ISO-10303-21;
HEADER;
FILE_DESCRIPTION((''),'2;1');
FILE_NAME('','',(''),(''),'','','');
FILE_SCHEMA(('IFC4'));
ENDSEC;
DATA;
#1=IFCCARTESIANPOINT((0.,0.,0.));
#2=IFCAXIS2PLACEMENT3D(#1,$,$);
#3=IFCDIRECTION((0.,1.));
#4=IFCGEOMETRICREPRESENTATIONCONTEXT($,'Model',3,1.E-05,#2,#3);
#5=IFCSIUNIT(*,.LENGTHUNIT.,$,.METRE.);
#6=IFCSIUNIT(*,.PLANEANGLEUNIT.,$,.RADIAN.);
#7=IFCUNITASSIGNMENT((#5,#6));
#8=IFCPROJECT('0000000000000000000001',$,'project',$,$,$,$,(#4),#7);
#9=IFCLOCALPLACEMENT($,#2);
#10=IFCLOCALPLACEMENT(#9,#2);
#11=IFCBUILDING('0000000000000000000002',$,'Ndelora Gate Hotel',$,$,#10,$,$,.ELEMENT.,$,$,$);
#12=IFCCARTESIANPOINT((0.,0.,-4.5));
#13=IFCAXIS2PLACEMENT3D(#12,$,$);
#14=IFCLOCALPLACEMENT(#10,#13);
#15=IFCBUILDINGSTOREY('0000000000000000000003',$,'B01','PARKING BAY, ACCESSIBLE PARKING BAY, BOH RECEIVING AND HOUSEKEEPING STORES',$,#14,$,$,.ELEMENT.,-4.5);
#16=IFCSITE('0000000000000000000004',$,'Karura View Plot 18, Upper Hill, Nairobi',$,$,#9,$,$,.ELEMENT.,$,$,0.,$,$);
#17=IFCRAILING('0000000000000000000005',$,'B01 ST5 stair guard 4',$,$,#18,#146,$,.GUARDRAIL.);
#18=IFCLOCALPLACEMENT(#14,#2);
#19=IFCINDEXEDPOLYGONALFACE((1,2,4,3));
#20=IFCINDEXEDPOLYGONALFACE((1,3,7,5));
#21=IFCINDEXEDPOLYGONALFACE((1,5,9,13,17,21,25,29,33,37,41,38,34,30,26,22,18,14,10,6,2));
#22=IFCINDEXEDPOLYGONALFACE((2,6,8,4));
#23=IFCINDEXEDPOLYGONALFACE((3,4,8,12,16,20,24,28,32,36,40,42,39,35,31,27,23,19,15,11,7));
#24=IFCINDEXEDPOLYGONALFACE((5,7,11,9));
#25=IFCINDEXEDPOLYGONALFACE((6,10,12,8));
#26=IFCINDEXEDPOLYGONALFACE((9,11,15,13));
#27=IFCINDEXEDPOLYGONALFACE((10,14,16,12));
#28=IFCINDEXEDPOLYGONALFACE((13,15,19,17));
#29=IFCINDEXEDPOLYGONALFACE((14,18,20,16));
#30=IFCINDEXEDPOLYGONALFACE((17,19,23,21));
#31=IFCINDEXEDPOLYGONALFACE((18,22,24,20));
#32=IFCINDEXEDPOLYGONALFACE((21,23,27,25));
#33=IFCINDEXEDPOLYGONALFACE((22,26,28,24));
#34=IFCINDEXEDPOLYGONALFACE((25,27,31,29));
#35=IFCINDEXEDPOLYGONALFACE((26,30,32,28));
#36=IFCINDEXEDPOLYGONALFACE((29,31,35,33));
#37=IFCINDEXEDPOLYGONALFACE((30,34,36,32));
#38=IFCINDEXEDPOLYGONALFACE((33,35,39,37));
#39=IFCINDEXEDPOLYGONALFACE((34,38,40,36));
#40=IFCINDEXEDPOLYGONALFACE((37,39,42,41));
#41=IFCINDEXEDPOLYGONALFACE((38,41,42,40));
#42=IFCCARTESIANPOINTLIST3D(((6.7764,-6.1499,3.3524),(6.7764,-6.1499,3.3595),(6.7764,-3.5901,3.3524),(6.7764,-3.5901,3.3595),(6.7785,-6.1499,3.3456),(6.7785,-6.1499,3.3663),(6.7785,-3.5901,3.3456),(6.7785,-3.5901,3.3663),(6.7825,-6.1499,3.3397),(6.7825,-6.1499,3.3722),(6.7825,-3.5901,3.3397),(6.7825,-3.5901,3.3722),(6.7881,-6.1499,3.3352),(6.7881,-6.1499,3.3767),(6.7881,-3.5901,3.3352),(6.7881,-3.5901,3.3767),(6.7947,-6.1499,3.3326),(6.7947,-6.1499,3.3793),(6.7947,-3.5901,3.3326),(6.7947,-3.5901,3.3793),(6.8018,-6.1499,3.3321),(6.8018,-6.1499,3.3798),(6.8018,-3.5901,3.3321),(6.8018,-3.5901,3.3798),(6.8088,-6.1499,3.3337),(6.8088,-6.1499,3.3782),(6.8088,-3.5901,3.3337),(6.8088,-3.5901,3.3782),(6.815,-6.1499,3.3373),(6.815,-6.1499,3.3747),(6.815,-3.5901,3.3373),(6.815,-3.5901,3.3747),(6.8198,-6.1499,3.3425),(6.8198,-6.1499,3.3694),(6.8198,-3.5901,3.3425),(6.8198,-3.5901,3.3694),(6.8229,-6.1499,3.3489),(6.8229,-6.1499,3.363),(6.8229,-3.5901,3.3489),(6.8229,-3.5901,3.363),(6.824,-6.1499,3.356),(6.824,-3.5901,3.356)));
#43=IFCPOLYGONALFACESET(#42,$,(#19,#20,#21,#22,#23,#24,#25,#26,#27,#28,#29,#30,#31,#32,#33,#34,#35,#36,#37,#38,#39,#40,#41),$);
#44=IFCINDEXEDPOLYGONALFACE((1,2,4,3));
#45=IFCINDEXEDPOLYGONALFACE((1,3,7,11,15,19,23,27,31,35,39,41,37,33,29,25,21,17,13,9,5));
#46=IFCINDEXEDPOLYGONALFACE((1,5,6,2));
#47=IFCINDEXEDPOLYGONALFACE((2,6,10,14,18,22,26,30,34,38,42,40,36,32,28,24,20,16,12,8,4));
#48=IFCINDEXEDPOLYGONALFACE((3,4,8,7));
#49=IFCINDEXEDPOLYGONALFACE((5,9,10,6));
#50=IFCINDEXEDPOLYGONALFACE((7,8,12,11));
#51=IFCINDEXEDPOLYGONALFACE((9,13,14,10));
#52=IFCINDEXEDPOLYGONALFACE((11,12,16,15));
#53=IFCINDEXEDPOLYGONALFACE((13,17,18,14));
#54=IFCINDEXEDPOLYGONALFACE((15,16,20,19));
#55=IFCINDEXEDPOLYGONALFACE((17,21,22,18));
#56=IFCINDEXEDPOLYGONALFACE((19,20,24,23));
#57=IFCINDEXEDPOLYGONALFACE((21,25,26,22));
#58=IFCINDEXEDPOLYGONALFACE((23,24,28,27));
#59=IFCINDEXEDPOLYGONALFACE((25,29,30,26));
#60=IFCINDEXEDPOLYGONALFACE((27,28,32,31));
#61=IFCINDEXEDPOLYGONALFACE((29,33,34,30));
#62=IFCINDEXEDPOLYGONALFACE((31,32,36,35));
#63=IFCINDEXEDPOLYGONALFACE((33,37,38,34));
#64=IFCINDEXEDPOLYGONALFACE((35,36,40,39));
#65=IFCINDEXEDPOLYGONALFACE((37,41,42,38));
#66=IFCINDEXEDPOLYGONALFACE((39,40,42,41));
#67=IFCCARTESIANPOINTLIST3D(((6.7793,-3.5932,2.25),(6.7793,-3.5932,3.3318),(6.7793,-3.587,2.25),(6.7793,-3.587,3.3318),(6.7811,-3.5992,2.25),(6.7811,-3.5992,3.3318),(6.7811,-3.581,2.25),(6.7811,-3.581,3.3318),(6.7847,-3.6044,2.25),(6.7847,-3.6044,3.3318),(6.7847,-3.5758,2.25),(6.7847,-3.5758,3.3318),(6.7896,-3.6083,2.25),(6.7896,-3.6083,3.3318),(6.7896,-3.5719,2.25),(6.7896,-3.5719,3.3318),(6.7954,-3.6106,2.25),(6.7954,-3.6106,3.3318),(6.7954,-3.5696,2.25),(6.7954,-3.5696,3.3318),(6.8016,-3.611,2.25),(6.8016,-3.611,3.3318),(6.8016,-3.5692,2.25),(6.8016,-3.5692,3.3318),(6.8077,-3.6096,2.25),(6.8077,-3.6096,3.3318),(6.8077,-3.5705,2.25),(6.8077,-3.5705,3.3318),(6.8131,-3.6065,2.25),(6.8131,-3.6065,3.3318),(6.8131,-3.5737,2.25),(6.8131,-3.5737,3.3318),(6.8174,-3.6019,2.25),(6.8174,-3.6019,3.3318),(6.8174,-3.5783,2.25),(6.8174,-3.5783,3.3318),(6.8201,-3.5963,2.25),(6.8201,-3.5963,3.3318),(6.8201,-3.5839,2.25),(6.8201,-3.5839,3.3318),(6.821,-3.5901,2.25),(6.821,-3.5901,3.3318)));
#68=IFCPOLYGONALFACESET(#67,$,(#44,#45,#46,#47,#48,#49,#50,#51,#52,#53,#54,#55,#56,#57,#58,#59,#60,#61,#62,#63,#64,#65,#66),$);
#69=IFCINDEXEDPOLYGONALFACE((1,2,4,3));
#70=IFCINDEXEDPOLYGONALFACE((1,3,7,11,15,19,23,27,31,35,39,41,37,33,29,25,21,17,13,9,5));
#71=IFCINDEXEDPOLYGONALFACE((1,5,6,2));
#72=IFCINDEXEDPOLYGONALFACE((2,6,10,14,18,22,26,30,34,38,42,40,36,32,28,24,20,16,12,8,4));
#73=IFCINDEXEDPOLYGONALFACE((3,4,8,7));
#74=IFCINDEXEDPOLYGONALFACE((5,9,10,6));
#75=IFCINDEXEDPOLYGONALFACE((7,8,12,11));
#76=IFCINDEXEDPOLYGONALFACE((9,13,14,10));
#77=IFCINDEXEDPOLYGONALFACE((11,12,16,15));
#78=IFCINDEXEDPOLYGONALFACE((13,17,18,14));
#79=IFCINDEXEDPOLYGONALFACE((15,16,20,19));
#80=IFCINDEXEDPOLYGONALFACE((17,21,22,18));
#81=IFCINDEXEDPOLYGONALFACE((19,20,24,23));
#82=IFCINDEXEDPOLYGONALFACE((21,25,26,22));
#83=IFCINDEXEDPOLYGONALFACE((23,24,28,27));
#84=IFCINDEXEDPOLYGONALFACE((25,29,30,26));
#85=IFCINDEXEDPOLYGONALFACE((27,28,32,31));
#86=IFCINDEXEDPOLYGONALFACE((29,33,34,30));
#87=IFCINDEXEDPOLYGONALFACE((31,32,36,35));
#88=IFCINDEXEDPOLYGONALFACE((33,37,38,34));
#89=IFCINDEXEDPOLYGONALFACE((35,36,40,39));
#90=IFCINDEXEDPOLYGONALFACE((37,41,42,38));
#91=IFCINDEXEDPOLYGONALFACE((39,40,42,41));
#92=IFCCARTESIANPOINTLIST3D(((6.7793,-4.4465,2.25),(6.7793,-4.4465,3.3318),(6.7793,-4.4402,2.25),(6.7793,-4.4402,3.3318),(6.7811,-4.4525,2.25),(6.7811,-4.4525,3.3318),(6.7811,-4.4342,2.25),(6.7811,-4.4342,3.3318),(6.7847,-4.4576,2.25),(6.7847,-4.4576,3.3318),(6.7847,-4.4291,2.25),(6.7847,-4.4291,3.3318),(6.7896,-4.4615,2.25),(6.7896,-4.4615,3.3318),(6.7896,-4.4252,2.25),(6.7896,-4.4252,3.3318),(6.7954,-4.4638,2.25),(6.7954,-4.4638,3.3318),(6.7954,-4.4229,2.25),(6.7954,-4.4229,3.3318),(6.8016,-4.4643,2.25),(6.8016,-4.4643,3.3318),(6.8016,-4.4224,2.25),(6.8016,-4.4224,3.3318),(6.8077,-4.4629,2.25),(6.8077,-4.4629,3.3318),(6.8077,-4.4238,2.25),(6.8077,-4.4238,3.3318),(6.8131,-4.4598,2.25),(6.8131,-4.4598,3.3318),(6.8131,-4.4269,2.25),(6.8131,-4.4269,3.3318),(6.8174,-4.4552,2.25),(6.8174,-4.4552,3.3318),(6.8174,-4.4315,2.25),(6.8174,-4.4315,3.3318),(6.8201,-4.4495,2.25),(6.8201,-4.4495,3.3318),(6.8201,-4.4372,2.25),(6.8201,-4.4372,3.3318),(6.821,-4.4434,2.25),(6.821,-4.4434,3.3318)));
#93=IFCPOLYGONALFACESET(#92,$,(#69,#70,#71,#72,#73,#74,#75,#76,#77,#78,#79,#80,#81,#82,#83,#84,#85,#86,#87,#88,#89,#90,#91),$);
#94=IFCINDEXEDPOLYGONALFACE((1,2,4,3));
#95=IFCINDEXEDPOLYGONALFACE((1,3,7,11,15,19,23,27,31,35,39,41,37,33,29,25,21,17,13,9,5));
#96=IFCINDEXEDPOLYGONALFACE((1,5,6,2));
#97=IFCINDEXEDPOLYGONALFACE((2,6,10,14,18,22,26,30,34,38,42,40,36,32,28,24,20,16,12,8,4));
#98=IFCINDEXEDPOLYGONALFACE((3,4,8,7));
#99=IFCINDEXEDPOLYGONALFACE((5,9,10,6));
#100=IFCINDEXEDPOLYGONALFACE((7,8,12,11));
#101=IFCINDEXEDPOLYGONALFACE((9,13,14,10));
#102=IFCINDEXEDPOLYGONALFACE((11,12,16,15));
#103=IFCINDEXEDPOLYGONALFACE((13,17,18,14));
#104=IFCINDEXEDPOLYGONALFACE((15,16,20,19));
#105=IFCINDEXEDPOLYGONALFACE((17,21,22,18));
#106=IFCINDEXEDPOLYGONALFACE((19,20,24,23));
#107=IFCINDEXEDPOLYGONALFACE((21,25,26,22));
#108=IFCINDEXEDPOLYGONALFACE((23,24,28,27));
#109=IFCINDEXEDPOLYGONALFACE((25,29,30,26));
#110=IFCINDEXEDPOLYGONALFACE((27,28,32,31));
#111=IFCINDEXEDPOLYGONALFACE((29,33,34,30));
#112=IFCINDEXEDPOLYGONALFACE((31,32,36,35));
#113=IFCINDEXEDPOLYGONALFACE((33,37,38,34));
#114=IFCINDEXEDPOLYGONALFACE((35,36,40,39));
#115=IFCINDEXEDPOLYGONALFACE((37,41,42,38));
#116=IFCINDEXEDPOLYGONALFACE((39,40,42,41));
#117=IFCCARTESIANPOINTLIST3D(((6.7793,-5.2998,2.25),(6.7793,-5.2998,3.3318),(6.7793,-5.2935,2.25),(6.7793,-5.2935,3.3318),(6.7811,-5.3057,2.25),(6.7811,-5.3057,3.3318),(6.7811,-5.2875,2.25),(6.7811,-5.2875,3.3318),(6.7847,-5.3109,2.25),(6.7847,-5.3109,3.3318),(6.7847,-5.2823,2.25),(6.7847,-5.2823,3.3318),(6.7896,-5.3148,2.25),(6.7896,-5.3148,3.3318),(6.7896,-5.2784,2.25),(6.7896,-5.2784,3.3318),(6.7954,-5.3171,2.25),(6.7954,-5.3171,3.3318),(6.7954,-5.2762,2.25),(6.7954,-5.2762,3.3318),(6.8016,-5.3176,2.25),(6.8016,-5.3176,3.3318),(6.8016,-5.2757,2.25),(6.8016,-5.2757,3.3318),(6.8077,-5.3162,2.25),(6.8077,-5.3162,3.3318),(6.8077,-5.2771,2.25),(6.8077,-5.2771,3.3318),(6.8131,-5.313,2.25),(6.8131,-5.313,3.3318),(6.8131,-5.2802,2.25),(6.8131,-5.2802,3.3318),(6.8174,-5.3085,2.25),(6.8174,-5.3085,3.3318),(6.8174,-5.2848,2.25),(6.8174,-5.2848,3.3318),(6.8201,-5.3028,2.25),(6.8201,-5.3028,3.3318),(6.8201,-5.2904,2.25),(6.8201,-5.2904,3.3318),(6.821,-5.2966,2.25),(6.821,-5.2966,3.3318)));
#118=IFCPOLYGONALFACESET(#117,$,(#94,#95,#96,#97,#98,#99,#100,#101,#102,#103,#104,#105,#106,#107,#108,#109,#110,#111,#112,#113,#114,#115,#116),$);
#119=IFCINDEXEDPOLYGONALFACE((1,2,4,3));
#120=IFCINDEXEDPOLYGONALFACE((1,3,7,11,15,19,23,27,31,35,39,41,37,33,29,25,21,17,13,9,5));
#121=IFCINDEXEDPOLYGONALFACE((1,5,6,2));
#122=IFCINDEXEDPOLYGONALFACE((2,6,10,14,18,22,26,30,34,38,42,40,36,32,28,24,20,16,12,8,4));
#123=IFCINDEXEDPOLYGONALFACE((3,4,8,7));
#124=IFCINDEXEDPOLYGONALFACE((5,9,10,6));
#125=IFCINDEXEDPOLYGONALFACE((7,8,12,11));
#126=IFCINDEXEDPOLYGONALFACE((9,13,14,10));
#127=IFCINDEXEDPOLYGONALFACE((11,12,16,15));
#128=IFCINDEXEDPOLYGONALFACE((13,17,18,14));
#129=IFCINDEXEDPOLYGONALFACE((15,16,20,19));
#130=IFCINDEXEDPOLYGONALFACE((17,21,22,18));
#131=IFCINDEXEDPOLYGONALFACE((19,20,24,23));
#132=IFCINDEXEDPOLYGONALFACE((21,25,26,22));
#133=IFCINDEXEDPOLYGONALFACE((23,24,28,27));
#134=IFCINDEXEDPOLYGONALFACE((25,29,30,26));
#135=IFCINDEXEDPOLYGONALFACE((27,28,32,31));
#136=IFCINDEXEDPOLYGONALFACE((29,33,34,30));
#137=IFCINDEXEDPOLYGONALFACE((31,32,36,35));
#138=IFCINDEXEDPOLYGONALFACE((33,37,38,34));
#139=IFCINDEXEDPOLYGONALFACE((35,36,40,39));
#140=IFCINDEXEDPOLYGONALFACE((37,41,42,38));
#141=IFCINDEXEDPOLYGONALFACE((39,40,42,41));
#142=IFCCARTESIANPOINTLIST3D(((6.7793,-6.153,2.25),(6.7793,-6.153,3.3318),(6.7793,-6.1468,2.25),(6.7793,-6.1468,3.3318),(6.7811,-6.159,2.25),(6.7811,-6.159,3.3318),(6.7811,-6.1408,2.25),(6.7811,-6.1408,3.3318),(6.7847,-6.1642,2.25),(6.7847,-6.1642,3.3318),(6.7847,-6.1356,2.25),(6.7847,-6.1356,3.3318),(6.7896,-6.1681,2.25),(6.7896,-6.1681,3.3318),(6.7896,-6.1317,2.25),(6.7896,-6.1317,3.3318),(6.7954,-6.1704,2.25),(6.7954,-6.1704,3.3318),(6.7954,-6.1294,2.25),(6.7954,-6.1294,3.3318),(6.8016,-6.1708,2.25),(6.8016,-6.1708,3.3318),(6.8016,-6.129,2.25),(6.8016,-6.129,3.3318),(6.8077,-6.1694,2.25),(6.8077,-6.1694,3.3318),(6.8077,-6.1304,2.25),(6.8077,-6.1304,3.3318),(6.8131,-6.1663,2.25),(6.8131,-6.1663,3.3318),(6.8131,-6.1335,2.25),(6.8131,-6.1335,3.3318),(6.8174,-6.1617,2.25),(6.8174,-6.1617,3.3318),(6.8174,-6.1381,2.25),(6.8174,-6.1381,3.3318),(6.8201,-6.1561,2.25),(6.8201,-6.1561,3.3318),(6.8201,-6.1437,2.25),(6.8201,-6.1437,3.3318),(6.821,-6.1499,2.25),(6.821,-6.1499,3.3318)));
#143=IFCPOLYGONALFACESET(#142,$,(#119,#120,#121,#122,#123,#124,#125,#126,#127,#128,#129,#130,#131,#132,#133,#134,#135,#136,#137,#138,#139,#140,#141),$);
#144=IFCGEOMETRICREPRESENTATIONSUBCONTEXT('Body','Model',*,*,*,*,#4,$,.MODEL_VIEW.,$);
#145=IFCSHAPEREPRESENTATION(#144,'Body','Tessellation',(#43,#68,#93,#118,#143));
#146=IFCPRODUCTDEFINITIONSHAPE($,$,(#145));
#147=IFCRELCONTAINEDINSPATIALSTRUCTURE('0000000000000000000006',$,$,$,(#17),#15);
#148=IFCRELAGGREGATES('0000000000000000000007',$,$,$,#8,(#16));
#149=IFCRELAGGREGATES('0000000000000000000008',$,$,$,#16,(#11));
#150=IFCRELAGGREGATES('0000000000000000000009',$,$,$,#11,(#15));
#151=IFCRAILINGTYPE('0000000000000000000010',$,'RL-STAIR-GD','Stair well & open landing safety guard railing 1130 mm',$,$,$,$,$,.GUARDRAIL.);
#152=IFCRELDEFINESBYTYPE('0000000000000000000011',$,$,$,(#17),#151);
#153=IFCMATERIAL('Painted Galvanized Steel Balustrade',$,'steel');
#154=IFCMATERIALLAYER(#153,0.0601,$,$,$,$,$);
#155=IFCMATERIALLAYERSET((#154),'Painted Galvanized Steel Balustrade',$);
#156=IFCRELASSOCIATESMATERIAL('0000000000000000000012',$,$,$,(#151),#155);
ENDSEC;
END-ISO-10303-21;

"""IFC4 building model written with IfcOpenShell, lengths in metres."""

from ifc_helpers import new_model, si_unit, direction, frame, origin, origin_2d, place, context, subcontext, project, spatial, circle, extrude, material, layer, layer_set, type_object, element, save


model = new_model("IFC4")

# Units and contexts
model_context = context("Model", 3, precision=1e-05, world=origin(), true_north=direction((0.0, 1.0)))
body_context = subcontext(model_context, "Body", "Model", "MODEL_VIEW")
ifc_project = project(units=[si_unit("LENGTHUNIT", "METRE"), si_unit("PLANEANGLEUNIT", "RADIAN")], contexts=[model_context])

# Site, building, storey
site_placement = place(None, origin())
site = spatial("IfcSite", under=ifc_project, at=site_placement, Name="Karura View Plot 18, Upper Hill, Nairobi", CompositionType="ELEMENT", RefElevation=0.0)
building_placement = place(site_placement, origin())
building = spatial("IfcBuilding", under=site, at=building_placement, Name="Ndelora Gate Hotel", CompositionType="ELEMENT")
storey_placement = place(building_placement, frame((0.0, 0.0, -4.5)))
storey = spatial("IfcBuildingStorey", under=building, at=storey_placement, Name="B01", Description="PARKING BAY, ACCESSIBLE PARKING BAY, BOH RECEIVING AND HOUSEKEEPING STORES", CompositionType="ELEMENT", Elevation=-4.5)

# Railing
ifc_material_1 = material(Name="Painted Galvanized Steel Balustrade", Category="steel")
ifc_layer_1 = layer(ifc_material_1, 0.0601)
ifc_layer_set_1 = layer_set([ifc_layer_1], Name="Painted Galvanized Steel Balustrade")
railing_type_1 = type_object("IfcRailingType", Name="RL-STAIR-GD", Description="Stair well & open landing safety guard railing 1130 mm", PredefinedType="GUARDRAIL", material=ifc_layer_set_1)
for number, where, name in (
    (1, (6.8, -3.5901, 2.25), "B01 ST5 stair guard 4"),
):
    element("IfcRailing", number, at=place(storey_placement, frame(where)), inside=storey, type_object=railing_type_1, Name=name, PredefinedType="GUARDRAIL", context=body_context, shape_type="SweptSolid", body=[
        extrude(circle(Radius=0.0239, at=origin_2d()), frame((0.0, 0.0, 1.106), z_axis=(0.0, -1.0, 0.0), x_axis=(1.0, 0.0, 0.0)), (0.0, 0.0, 1.0), 2.5598),
        extrude(circle(Radius=0.021, at=origin_2d()), origin(), (0.0, 0.0, 1.0), 1.0818),
        extrude(circle(Radius=0.021, at=origin_2d()), frame((0.0, -0.8533, 0.0)), (0.0, 0.0, 1.0), 1.0818),
        extrude(circle(Radius=0.021, at=origin_2d()), frame((0.0, -1.7065, 0.0)), (0.0, 0.0, 1.0), 1.0818),
        extrude(circle(Radius=0.021, at=origin_2d()), frame((0.0, -2.5598, 0.0)), (0.0, 0.0, 1.0), 1.0818),
    ])

save(model, "model.ifc")
